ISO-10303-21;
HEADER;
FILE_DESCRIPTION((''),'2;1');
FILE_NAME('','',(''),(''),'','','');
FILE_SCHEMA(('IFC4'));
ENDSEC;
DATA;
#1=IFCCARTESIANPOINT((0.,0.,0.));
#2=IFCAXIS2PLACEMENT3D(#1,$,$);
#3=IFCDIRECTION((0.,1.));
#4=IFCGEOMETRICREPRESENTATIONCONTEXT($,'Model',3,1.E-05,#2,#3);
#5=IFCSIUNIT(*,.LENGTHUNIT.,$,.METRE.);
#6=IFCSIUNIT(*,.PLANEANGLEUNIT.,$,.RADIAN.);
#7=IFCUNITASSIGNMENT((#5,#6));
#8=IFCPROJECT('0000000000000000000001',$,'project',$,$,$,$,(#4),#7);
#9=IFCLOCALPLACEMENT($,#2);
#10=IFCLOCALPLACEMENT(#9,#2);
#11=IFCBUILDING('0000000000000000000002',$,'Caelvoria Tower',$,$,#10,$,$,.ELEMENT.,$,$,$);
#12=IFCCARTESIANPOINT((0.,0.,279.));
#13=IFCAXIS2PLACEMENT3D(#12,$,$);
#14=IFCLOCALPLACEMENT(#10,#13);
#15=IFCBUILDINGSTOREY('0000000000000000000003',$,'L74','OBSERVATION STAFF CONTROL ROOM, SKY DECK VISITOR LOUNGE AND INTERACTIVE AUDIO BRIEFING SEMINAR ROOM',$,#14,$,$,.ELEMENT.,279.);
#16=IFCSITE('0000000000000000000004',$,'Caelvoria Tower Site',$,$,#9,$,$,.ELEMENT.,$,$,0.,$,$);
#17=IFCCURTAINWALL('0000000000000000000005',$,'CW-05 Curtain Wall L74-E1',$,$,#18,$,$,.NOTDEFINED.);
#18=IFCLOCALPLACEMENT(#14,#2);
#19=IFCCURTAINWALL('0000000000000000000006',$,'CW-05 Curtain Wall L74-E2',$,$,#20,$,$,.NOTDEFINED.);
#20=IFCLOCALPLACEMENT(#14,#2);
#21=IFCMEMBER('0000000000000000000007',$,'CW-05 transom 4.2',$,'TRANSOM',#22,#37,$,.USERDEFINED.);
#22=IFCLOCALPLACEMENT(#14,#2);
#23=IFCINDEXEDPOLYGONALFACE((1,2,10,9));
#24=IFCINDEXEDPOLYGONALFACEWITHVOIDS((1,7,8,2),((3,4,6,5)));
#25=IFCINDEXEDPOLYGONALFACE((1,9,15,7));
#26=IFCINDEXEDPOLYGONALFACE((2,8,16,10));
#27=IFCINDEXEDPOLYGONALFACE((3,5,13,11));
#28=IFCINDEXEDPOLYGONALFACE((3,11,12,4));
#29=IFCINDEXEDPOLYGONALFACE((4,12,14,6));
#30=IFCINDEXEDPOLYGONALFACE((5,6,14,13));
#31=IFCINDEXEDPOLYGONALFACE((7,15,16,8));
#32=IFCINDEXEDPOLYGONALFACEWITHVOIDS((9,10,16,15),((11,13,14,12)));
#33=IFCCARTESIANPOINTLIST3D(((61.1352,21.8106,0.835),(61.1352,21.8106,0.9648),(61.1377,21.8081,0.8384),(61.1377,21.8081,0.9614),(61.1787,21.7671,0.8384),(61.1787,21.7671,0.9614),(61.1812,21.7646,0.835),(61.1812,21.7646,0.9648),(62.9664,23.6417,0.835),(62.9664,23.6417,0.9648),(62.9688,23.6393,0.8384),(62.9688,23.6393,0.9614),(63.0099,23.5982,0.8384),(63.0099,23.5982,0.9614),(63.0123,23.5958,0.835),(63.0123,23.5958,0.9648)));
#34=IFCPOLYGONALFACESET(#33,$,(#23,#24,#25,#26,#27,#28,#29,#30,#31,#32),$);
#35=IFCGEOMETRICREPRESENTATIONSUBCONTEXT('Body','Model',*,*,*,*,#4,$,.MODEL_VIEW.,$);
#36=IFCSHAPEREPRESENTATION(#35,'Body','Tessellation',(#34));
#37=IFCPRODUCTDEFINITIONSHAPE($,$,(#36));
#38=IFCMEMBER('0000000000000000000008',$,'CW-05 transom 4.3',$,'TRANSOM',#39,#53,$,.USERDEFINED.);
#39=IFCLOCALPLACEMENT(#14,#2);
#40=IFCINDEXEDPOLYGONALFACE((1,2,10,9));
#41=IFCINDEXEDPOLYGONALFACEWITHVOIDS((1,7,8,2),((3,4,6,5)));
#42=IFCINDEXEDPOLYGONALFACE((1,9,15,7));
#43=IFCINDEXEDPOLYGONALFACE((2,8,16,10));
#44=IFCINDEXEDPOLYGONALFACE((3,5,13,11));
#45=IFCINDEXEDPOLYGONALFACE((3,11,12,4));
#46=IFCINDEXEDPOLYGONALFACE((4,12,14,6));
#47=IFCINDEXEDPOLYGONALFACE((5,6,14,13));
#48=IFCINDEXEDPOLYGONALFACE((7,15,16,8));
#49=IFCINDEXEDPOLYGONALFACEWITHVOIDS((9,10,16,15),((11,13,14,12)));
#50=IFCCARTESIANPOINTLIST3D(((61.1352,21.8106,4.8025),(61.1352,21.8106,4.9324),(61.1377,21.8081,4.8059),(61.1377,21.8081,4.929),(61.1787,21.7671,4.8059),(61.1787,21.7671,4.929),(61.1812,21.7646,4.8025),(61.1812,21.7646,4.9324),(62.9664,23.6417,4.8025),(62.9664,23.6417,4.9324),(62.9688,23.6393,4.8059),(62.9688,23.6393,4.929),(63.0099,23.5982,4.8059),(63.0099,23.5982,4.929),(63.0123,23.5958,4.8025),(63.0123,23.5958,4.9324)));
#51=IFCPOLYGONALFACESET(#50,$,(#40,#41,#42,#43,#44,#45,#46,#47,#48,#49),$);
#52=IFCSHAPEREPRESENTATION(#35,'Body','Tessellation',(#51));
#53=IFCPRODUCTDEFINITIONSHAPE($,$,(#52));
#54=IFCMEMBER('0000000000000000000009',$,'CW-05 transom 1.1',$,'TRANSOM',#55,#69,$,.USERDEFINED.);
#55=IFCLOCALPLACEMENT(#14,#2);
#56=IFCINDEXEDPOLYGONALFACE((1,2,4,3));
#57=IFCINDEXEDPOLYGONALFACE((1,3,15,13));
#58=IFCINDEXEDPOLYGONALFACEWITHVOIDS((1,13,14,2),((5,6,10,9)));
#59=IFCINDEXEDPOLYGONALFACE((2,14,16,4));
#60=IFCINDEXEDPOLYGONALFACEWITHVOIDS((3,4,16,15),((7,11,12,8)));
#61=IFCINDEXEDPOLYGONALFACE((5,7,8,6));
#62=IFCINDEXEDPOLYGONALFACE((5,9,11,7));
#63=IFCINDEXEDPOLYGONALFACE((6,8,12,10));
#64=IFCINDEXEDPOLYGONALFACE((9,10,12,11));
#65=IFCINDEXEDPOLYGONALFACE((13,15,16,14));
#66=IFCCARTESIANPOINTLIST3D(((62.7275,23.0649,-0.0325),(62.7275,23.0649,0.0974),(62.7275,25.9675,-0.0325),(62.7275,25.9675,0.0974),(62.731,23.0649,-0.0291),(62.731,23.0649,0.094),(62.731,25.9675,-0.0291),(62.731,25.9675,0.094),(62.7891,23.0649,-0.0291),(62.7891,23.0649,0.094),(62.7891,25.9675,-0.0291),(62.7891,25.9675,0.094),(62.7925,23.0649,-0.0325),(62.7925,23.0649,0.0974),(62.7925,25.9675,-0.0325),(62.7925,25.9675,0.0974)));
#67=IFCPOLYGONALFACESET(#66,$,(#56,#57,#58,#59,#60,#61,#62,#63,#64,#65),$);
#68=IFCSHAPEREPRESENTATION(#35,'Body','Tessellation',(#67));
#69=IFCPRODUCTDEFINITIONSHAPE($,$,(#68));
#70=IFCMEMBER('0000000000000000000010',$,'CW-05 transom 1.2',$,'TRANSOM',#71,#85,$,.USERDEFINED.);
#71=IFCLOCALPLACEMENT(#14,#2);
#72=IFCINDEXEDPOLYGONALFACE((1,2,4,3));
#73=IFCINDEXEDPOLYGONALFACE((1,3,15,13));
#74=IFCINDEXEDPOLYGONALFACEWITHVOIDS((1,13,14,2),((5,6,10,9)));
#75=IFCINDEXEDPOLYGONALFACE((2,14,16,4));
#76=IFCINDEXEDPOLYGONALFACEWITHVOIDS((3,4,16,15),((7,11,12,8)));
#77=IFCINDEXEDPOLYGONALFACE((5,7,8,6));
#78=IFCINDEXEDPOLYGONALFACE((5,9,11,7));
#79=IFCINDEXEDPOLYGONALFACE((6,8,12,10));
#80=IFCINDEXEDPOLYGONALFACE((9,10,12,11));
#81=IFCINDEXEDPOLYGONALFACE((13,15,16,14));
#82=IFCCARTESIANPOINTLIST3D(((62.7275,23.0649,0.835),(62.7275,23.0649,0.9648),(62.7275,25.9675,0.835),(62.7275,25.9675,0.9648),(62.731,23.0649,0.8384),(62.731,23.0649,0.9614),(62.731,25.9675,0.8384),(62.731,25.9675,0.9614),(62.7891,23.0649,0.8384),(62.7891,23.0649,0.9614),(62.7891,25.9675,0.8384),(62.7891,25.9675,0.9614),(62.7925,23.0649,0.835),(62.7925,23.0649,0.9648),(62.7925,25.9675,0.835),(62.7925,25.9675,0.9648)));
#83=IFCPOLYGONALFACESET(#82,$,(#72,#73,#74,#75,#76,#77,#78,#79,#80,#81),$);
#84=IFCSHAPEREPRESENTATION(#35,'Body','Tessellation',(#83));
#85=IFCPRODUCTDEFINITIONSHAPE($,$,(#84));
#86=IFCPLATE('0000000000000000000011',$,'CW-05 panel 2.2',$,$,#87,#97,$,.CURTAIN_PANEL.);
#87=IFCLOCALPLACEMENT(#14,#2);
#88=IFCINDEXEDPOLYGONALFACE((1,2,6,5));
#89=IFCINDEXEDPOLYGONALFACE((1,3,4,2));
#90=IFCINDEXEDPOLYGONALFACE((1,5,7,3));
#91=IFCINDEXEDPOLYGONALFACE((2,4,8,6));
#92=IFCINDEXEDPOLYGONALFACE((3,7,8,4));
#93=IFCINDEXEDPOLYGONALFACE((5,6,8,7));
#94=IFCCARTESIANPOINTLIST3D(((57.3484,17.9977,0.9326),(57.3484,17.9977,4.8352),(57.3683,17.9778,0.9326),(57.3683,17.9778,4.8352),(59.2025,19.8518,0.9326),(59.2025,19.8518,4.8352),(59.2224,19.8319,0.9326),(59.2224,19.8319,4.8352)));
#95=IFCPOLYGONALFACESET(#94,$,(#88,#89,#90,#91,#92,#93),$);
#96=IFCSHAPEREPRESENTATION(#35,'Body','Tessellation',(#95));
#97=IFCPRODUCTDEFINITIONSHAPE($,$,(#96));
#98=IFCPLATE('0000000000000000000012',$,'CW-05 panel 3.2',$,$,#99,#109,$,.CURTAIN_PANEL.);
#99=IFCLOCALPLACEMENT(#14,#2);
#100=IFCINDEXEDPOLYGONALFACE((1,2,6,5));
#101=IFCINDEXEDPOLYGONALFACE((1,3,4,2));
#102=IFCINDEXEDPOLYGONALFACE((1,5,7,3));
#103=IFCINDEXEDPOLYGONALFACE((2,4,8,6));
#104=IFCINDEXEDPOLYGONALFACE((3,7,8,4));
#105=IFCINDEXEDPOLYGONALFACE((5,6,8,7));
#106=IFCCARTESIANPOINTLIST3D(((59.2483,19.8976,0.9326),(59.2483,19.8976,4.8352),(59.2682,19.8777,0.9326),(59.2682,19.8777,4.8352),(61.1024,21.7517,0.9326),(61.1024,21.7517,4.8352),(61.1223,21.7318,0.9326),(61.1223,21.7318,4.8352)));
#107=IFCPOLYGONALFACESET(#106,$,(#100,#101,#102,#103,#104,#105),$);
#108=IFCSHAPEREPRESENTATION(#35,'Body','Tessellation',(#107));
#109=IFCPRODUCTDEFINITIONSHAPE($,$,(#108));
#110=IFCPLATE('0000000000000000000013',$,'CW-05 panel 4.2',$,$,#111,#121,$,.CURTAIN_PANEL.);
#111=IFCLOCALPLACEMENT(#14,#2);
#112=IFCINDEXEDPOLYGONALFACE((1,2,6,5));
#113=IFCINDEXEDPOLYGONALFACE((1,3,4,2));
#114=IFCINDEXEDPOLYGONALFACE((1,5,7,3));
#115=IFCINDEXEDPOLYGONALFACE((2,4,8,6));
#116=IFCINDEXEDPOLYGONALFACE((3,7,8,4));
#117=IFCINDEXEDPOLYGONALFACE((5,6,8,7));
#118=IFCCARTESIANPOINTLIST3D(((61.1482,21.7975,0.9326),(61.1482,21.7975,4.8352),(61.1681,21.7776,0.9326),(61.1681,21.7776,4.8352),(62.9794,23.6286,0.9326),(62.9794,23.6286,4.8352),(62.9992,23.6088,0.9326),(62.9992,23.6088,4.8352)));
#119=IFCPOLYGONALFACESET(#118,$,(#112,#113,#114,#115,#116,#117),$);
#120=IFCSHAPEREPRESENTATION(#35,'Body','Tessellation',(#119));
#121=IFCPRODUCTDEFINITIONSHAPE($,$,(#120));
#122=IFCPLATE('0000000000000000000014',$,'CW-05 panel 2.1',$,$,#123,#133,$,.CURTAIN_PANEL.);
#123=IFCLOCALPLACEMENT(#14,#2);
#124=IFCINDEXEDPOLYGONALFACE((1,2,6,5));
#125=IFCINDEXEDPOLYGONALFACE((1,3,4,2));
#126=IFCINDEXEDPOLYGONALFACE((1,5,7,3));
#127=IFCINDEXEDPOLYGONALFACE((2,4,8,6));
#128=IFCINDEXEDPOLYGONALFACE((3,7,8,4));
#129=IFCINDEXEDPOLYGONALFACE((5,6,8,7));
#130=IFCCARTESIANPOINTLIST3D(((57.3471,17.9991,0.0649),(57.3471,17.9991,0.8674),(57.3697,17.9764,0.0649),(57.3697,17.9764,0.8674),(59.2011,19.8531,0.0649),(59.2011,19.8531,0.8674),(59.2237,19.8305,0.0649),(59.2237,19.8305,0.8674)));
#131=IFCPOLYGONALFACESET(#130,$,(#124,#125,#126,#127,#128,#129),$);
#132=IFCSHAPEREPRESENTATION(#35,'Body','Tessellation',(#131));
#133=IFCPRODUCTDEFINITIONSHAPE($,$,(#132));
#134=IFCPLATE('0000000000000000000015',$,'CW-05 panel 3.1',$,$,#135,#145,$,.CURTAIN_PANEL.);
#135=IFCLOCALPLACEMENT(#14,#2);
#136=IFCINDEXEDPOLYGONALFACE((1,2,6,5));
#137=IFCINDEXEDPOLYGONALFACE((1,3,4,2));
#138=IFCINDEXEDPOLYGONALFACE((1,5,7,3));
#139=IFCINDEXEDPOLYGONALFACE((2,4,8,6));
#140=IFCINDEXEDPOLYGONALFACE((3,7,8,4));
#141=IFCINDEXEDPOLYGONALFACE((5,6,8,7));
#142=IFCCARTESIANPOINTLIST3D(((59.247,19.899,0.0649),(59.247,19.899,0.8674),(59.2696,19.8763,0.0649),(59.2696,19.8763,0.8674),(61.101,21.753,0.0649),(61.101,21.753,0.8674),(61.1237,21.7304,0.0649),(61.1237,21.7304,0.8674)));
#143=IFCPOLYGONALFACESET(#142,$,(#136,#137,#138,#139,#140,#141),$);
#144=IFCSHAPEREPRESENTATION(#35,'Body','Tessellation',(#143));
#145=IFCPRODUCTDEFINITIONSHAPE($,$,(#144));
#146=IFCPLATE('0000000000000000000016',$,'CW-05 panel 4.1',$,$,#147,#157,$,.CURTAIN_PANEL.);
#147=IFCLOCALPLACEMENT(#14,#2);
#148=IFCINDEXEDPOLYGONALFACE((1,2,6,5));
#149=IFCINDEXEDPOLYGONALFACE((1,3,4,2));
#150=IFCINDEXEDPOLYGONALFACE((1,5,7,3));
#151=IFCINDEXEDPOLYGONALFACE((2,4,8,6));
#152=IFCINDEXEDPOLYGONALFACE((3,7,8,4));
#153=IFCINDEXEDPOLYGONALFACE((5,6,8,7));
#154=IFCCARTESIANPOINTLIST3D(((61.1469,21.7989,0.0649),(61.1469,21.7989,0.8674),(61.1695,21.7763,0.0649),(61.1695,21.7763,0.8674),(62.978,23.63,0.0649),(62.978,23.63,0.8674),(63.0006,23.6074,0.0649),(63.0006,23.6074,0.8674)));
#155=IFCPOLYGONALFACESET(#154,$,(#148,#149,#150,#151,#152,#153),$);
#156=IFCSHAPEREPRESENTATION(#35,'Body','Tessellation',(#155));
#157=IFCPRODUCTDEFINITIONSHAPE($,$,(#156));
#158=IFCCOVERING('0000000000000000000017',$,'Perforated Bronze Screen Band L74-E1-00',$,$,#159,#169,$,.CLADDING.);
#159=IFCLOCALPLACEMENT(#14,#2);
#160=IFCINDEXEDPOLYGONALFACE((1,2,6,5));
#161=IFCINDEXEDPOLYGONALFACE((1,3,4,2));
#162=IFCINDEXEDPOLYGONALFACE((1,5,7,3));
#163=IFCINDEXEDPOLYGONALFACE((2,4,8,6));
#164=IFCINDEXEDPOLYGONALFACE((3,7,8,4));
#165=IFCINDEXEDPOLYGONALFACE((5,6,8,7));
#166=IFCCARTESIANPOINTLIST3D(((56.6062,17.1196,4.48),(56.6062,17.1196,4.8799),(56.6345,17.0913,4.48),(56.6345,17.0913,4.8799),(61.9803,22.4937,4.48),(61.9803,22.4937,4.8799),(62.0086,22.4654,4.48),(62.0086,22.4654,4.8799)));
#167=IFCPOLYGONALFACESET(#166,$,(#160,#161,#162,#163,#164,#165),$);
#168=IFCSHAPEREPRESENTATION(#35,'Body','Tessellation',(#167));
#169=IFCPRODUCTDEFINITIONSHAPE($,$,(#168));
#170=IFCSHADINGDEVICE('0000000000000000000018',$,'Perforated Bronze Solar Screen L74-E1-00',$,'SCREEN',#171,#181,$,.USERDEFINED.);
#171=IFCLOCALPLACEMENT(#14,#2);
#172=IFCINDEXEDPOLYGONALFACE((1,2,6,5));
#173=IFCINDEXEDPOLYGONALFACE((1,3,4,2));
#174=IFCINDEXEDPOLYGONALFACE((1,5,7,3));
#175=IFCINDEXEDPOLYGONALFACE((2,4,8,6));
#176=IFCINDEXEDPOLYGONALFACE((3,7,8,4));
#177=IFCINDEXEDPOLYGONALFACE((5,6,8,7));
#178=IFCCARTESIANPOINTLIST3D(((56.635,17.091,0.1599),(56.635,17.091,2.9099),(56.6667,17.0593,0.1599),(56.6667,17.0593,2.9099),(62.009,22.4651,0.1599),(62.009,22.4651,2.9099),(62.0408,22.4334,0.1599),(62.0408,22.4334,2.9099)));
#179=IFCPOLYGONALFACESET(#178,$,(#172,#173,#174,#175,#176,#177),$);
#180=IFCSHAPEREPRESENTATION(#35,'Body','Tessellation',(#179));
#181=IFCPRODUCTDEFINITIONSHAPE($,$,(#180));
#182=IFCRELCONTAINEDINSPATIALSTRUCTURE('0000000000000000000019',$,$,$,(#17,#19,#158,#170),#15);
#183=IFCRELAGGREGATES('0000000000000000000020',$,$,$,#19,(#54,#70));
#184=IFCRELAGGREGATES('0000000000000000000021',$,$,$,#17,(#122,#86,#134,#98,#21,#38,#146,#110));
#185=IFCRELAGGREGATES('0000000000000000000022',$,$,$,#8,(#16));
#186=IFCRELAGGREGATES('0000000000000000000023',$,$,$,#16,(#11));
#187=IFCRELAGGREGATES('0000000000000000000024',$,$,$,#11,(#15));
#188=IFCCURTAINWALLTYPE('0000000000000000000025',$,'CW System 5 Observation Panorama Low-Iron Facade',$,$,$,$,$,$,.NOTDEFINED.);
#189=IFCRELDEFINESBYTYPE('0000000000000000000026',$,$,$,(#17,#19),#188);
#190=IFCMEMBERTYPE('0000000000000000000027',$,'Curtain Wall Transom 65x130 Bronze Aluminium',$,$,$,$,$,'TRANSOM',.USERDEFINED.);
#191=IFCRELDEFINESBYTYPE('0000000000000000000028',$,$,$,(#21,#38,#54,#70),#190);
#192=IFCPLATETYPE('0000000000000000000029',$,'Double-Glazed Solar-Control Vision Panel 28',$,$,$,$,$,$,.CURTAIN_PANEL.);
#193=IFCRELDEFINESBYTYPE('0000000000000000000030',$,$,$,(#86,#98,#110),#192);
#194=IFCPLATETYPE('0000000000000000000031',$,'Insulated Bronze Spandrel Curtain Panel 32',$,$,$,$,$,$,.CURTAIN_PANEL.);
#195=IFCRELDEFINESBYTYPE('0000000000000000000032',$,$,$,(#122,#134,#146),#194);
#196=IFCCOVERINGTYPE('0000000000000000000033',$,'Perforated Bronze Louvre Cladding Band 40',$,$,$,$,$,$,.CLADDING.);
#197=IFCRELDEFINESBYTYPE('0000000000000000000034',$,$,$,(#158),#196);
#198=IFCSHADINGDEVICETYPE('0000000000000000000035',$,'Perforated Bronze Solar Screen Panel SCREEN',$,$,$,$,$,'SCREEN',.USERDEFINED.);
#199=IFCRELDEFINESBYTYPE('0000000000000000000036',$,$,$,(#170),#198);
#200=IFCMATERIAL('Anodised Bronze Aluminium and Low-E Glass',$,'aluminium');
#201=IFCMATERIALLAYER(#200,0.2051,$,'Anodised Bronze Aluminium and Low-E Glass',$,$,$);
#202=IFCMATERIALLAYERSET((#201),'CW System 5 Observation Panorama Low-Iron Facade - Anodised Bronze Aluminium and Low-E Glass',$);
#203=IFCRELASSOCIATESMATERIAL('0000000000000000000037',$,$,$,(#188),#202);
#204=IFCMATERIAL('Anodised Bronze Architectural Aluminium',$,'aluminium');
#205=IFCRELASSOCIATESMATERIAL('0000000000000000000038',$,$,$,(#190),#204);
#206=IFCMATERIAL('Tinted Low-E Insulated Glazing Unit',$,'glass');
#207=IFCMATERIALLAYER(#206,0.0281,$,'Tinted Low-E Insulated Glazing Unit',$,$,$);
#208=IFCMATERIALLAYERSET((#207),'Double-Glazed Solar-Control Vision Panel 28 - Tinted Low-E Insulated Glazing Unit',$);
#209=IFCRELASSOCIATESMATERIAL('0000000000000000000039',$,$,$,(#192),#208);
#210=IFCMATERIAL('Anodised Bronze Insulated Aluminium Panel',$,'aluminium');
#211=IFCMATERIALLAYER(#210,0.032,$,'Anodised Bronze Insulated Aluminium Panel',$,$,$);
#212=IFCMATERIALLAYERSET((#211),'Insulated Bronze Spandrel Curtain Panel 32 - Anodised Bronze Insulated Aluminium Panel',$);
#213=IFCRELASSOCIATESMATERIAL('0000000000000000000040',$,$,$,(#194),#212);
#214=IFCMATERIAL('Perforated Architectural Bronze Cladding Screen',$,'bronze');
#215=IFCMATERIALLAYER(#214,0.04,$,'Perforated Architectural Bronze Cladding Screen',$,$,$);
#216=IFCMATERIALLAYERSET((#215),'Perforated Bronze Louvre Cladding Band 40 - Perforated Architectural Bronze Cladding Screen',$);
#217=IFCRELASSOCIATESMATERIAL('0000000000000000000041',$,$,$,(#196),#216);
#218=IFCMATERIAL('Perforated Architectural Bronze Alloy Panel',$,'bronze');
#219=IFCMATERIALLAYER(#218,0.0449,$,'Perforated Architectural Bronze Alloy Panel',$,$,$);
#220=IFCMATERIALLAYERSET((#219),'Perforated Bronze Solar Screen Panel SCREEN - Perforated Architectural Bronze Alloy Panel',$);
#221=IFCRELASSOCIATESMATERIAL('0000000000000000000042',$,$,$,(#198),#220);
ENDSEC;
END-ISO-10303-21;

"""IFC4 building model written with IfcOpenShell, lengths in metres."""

from ifc_helpers import new_model, si_unit, direction, frame, origin, origin_2d, place, context, subcontext, project, spatial, rectangle, hollow_rectangle, extrude, material, layer, layer_set, material_profile, profile_set, type_object, element, aggregate, save


model = new_model("IFC4")

# Units and contexts
model_context = context("Model", 3, precision=1e-05, world=origin(), true_north=direction((0.0, 1.0)))
body_context = subcontext(model_context, "Body", "Model", "MODEL_VIEW")
ifc_project = project(units=[si_unit("LENGTHUNIT", "METRE"), si_unit("PLANEANGLEUNIT", "RADIAN")], contexts=[model_context])

# Site, building, storey
site_placement = place(None, origin())
site = spatial("IfcSite", under=ifc_project, at=site_placement, Name="Caelvoria Tower Site", CompositionType="ELEMENT", RefElevation=0.0)
building_placement = place(site_placement, origin())
building = spatial("IfcBuilding", under=site, at=building_placement, Name="Caelvoria Tower", CompositionType="ELEMENT")
storey_placement = place(building_placement, frame((0.0, 0.0, 279.0)))
storey = spatial("IfcBuildingStorey", under=building, at=storey_placement, Name="L74", Description="OBSERVATION STAFF CONTROL ROOM, SKY DECK VISITOR LOUNGE AND INTERACTIVE AUDIO BRIEFING SEMINAR ROOM", CompositionType="ELEMENT", Elevation=279.0)

# Curtain wall
ifc_material_1 = material(Name="Anodised Bronze Aluminium and Low-E Glass", Category="aluminium")
ifc_layer_1 = layer(ifc_material_1, 0.2051, Name="Anodised Bronze Aluminium and Low-E Glass")
ifc_layer_set_1 = layer_set([ifc_layer_1], Name="CW System 5 Observation Panorama Low-Iron Facade - Anodised Bronze Aluminium and Low-E Glass")
curtain_wall_type = type_object("IfcCurtainWallType", Name="CW System 5 Observation Panorama Low-Iron Facade", PredefinedType="NOTDEFINED", material=ifc_layer_set_1)
curtain_wall_1_placement = place(storey_placement, origin())
curtain_wall_1 = element("IfcCurtainWall", 1, at=curtain_wall_1_placement, inside=storey, type_object=curtain_wall_type, Name="CW-05 Curtain Wall L74-E1", PredefinedType="NOTDEFINED")
ifc_material_2 = material(Name="Anodised Bronze Architectural Aluminium", Category="aluminium")

# Curtain wall
curtain_wall_2_placement = place(storey_placement, origin())
curtain_wall_2 = element("IfcCurtainWall", 2, at=curtain_wall_2_placement, inside=storey, type_object=curtain_wall_type, Name="CW-05 Curtain Wall L74-E2", PredefinedType="NOTDEFINED")

# Members
ifc_material_profile_1 = material_profile(ifc_material_2, hollow_rectangle(XDim=0.0649, YDim=0.1299, WallThickness=0.0034, at=origin_2d()), Name="Anodised Bronze Architectural Aluminium")
ifc_profile_set_1 = profile_set([ifc_material_profile_1], Name="CW_TRAN_65X130 - Anodised Bronze Architectural Aluminium")
member_type_1 = type_object("IfcMemberType", Name="Curtain Wall Transom 65x130 Bronze Aluminium", ElementType="TRANSOM", PredefinedType="USERDEFINED", material=ifc_profile_set_1)
member_1_placement = place(storey_placement, frame((61.1582, 21.7876, 0.8999), z_axis=(0.707107, 0.707107, 0.0), x_axis=(-0.707107, 0.707107, 0.0)))
member_1 = element("IfcMember", 3, at=member_1_placement, type_object=member_type_1, Name="CW-05 transom 4.2", ObjectType="TRANSOM", PredefinedType="USERDEFINED", context=body_context, shape_type="SweptSolid", body=[
    extrude(hollow_rectangle(XDim=0.0649, YDim=0.1299, WallThickness=0.0034, at=origin_2d()), origin(), (0.0, 0.0, 1.0), 2.5896),
])
member_2_placement = place(storey_placement, frame((61.1582, 21.7876, 4.8674), z_axis=(0.707107, 0.707107, 0.0), x_axis=(-0.707107, 0.707107, 0.0)))
member_2 = element("IfcMember", 4, at=member_2_placement, type_object=member_type_1, Name="CW-05 transom 4.3", ObjectType="TRANSOM", PredefinedType="USERDEFINED", context=body_context, shape_type="SweptSolid", body=[
    extrude(hollow_rectangle(XDim=0.0649, YDim=0.1299, WallThickness=0.0034, at=origin_2d()), origin(), (0.0, 0.0, 1.0), 2.5896),
])
member_3_placement = place(storey_placement, frame((62.76, 23.0649, 0.0325), z_axis=(0.0, 1.0, 0.0), x_axis=(-1.0, 0.0, 0.0)))
member_3 = element("IfcMember", 5, at=member_3_placement, type_object=member_type_1, Name="CW-05 transom 1.1", ObjectType="TRANSOM", PredefinedType="USERDEFINED", context=body_context, shape_type="SweptSolid", body=[
    extrude(hollow_rectangle(XDim=0.0649, YDim=0.1299, WallThickness=0.0034, at=origin_2d()), origin(), (0.0, 0.0, 1.0), 2.9026),
])
member_4_placement = place(storey_placement, frame((62.76, 23.0649, 0.8999), z_axis=(0.0, 1.0, 0.0), x_axis=(-1.0, 0.0, 0.0)))
member_4 = element("IfcMember", 6, at=member_4_placement, type_object=member_type_1, Name="CW-05 transom 1.2", ObjectType="TRANSOM", PredefinedType="USERDEFINED", context=body_context, shape_type="SweptSolid", body=[
    extrude(hollow_rectangle(XDim=0.0649, YDim=0.1299, WallThickness=0.0034, at=origin_2d()), origin(), (0.0, 0.0, 1.0), 2.9026),
])
aggregate(curtain_wall_2, [member_3, member_4])

# Plates
ifc_material_3 = material(Name="Tinted Low-E Insulated Glazing Unit", Category="glass")
ifc_layer_2 = layer(ifc_material_3, 0.0281, Name="Tinted Low-E Insulated Glazing Unit")
ifc_layer_set_2 = layer_set([ifc_layer_2], Name="Double-Glazed Solar-Control Vision Panel 28 - Tinted Low-E Insulated Glazing Unit")
plate_type_1 = type_object("IfcPlateType", Name="Double-Glazed Solar-Control Vision Panel 28", PredefinedType="CURTAIN_PANEL", material=ifc_layer_set_2)
plate_1_placement = place(storey_placement, frame((58.2854, 18.9148, 0.9326), z_axis=(0.0, 0.0, 1.0), x_axis=(0.707107, 0.707107, 0.0)))
plate_1 = element("IfcPlate", 7, at=plate_1_placement, type_object=plate_type_1, Name="CW-05 panel 2.2", PredefinedType="CURTAIN_PANEL", context=body_context, shape_type="SweptSolid", body=[
    extrude(rectangle(XDim=2.6221, YDim=0.0281, at=origin_2d()), origin(), (0.0, 0.0, 1.0), 3.9026),
])
plate_2_placement = place(storey_placement, frame((60.1853, 20.8147, 0.9326), z_axis=(0.0, 0.0, 1.0), x_axis=(0.707107, 0.707107, 0.0)))
plate_2 = element("IfcPlate", 8, at=plate_2_placement, type_object=plate_type_1, Name="CW-05 panel 3.2", PredefinedType="CURTAIN_PANEL", context=body_context, shape_type="SweptSolid", body=[
    extrude(rectangle(XDim=2.6221, YDim=0.0281, at=origin_2d()), origin(), (0.0, 0.0, 1.0), 3.9026),
])
plate_3_placement = place(storey_placement, frame((62.0737, 22.7031, 0.9326), z_axis=(0.0, 0.0, 1.0), x_axis=(0.707107, 0.707107, 0.0)))
plate_3 = element("IfcPlate", 9, at=plate_3_placement, type_object=plate_type_1, Name="CW-05 panel 4.2", PredefinedType="CURTAIN_PANEL", context=body_context, shape_type="SweptSolid", body=[
    extrude(rectangle(XDim=2.5896, YDim=0.0281, at=origin_2d()), origin(), (0.0, 0.0, 1.0), 3.9026),
])
ifc_material_4 = material(Name="Anodised Bronze Insulated Aluminium Panel", Category="aluminium")
ifc_layer_3 = layer(ifc_material_4, 0.032, Name="Anodised Bronze Insulated Aluminium Panel")
ifc_layer_set_3 = layer_set([ifc_layer_3], Name="Insulated Bronze Spandrel Curtain Panel 32 - Anodised Bronze Insulated Aluminium Panel")
plate_type_2 = type_object("IfcPlateType", Name="Insulated Bronze Spandrel Curtain Panel 32", PredefinedType="CURTAIN_PANEL", material=ifc_layer_set_3)
plate_4_placement = place(storey_placement, frame((58.2854, 18.9148, 0.0649), z_axis=(0.0, 0.0, 1.0), x_axis=(0.707107, 0.707107, 0.0)))
plate_4 = element("IfcPlate", 10, at=plate_4_placement, type_object=plate_type_2, Name="CW-05 panel 2.1", PredefinedType="CURTAIN_PANEL", context=body_context, shape_type="SweptSolid", body=[
    extrude(rectangle(XDim=2.6221, YDim=0.032, at=origin_2d()), origin(), (0.0, 0.0, 1.0), 0.8025),
])
plate_5_placement = place(storey_placement, frame((60.1853, 20.8147, 0.0649), z_axis=(0.0, 0.0, 1.0), x_axis=(0.707107, 0.707107, 0.0)))
plate_5 = element("IfcPlate", 11, at=plate_5_placement, type_object=plate_type_2, Name="CW-05 panel 3.1", PredefinedType="CURTAIN_PANEL", context=body_context, shape_type="SweptSolid", body=[
    extrude(rectangle(XDim=2.6221, YDim=0.032, at=origin_2d()), origin(), (0.0, 0.0, 1.0), 0.8025),
])
plate_6_placement = place(storey_placement, frame((62.0737, 22.7031, 0.0649), z_axis=(0.0, 0.0, 1.0), x_axis=(0.707107, 0.707107, 0.0)))
plate_6 = element("IfcPlate", 12, at=plate_6_placement, type_object=plate_type_2, Name="CW-05 panel 4.1", PredefinedType="CURTAIN_PANEL", context=body_context, shape_type="SweptSolid", body=[
    extrude(rectangle(XDim=2.5896, YDim=0.032, at=origin_2d()), origin(), (0.0, 0.0, 1.0), 0.8025),
])
aggregate(curtain_wall_1, [plate_4, plate_1, plate_5, plate_2, member_1, member_2, plate_6, plate_3])

# Covering
ifc_material_5 = material(Name="Perforated Architectural Bronze Cladding Screen", Category="bronze")
ifc_layer_4 = layer(ifc_material_5, 0.04, Name="Perforated Architectural Bronze Cladding Screen")
ifc_layer_set_4 = layer_set([ifc_layer_4], Name="Perforated Bronze Louvre Cladding Band 40 - Perforated Architectural Bronze Cladding Screen")
covering_type = type_object("IfcCoveringType", Name="Perforated Bronze Louvre Cladding Band 40", PredefinedType="CLADDING", material=ifc_layer_set_4)
covering_placement = place(storey_placement, frame((59.3074, 19.7925, 4.48), z_axis=(0.0, 0.0, 1.0), x_axis=(0.707107, 0.707107, 0.0)))
element("IfcCovering", 13, at=covering_placement, inside=storey, type_object=covering_type, Name="Perforated Bronze Screen Band L74-E1-00", PredefinedType="CLADDING", context=body_context, shape_type="SweptSolid", body=[
    extrude(rectangle(XDim=7.6001, YDim=0.04, at=origin_2d()), origin(), (0.0, 0.0, 1.0), 0.3999),
])

# Shading device
ifc_material_6 = material(Name="Perforated Architectural Bronze Alloy Panel", Category="bronze")
ifc_layer_5 = layer(ifc_material_6, 0.0449, Name="Perforated Architectural Bronze Alloy Panel")
ifc_layer_set_5 = layer_set([ifc_layer_5], Name="Perforated Bronze Solar Screen Panel SCREEN - Perforated Architectural Bronze Alloy Panel")
shading_device_type = type_object("IfcShadingDeviceType", Name="Perforated Bronze Solar Screen Panel SCREEN", ElementType="SCREEN", PredefinedType="USERDEFINED", material=ifc_layer_set_5)
shading_device_placement = place(storey_placement, frame((59.3379, 19.7622, 0.1599), z_axis=(0.0, 0.0, 1.0), x_axis=(0.707107, 0.707107, 0.0)))
element("IfcShadingDevice", 14, at=shading_device_placement, inside=storey, type_object=shading_device_type, Name="Perforated Bronze Solar Screen L74-E1-00", ObjectType="SCREEN", PredefinedType="USERDEFINED", context=body_context, shape_type="SweptSolid", body=[
    extrude(rectangle(XDim=7.6001, YDim=0.0449, at=origin_2d()), origin(), (0.0, 0.0, 1.0), 2.75),
])

save(model, "model.ifc")
